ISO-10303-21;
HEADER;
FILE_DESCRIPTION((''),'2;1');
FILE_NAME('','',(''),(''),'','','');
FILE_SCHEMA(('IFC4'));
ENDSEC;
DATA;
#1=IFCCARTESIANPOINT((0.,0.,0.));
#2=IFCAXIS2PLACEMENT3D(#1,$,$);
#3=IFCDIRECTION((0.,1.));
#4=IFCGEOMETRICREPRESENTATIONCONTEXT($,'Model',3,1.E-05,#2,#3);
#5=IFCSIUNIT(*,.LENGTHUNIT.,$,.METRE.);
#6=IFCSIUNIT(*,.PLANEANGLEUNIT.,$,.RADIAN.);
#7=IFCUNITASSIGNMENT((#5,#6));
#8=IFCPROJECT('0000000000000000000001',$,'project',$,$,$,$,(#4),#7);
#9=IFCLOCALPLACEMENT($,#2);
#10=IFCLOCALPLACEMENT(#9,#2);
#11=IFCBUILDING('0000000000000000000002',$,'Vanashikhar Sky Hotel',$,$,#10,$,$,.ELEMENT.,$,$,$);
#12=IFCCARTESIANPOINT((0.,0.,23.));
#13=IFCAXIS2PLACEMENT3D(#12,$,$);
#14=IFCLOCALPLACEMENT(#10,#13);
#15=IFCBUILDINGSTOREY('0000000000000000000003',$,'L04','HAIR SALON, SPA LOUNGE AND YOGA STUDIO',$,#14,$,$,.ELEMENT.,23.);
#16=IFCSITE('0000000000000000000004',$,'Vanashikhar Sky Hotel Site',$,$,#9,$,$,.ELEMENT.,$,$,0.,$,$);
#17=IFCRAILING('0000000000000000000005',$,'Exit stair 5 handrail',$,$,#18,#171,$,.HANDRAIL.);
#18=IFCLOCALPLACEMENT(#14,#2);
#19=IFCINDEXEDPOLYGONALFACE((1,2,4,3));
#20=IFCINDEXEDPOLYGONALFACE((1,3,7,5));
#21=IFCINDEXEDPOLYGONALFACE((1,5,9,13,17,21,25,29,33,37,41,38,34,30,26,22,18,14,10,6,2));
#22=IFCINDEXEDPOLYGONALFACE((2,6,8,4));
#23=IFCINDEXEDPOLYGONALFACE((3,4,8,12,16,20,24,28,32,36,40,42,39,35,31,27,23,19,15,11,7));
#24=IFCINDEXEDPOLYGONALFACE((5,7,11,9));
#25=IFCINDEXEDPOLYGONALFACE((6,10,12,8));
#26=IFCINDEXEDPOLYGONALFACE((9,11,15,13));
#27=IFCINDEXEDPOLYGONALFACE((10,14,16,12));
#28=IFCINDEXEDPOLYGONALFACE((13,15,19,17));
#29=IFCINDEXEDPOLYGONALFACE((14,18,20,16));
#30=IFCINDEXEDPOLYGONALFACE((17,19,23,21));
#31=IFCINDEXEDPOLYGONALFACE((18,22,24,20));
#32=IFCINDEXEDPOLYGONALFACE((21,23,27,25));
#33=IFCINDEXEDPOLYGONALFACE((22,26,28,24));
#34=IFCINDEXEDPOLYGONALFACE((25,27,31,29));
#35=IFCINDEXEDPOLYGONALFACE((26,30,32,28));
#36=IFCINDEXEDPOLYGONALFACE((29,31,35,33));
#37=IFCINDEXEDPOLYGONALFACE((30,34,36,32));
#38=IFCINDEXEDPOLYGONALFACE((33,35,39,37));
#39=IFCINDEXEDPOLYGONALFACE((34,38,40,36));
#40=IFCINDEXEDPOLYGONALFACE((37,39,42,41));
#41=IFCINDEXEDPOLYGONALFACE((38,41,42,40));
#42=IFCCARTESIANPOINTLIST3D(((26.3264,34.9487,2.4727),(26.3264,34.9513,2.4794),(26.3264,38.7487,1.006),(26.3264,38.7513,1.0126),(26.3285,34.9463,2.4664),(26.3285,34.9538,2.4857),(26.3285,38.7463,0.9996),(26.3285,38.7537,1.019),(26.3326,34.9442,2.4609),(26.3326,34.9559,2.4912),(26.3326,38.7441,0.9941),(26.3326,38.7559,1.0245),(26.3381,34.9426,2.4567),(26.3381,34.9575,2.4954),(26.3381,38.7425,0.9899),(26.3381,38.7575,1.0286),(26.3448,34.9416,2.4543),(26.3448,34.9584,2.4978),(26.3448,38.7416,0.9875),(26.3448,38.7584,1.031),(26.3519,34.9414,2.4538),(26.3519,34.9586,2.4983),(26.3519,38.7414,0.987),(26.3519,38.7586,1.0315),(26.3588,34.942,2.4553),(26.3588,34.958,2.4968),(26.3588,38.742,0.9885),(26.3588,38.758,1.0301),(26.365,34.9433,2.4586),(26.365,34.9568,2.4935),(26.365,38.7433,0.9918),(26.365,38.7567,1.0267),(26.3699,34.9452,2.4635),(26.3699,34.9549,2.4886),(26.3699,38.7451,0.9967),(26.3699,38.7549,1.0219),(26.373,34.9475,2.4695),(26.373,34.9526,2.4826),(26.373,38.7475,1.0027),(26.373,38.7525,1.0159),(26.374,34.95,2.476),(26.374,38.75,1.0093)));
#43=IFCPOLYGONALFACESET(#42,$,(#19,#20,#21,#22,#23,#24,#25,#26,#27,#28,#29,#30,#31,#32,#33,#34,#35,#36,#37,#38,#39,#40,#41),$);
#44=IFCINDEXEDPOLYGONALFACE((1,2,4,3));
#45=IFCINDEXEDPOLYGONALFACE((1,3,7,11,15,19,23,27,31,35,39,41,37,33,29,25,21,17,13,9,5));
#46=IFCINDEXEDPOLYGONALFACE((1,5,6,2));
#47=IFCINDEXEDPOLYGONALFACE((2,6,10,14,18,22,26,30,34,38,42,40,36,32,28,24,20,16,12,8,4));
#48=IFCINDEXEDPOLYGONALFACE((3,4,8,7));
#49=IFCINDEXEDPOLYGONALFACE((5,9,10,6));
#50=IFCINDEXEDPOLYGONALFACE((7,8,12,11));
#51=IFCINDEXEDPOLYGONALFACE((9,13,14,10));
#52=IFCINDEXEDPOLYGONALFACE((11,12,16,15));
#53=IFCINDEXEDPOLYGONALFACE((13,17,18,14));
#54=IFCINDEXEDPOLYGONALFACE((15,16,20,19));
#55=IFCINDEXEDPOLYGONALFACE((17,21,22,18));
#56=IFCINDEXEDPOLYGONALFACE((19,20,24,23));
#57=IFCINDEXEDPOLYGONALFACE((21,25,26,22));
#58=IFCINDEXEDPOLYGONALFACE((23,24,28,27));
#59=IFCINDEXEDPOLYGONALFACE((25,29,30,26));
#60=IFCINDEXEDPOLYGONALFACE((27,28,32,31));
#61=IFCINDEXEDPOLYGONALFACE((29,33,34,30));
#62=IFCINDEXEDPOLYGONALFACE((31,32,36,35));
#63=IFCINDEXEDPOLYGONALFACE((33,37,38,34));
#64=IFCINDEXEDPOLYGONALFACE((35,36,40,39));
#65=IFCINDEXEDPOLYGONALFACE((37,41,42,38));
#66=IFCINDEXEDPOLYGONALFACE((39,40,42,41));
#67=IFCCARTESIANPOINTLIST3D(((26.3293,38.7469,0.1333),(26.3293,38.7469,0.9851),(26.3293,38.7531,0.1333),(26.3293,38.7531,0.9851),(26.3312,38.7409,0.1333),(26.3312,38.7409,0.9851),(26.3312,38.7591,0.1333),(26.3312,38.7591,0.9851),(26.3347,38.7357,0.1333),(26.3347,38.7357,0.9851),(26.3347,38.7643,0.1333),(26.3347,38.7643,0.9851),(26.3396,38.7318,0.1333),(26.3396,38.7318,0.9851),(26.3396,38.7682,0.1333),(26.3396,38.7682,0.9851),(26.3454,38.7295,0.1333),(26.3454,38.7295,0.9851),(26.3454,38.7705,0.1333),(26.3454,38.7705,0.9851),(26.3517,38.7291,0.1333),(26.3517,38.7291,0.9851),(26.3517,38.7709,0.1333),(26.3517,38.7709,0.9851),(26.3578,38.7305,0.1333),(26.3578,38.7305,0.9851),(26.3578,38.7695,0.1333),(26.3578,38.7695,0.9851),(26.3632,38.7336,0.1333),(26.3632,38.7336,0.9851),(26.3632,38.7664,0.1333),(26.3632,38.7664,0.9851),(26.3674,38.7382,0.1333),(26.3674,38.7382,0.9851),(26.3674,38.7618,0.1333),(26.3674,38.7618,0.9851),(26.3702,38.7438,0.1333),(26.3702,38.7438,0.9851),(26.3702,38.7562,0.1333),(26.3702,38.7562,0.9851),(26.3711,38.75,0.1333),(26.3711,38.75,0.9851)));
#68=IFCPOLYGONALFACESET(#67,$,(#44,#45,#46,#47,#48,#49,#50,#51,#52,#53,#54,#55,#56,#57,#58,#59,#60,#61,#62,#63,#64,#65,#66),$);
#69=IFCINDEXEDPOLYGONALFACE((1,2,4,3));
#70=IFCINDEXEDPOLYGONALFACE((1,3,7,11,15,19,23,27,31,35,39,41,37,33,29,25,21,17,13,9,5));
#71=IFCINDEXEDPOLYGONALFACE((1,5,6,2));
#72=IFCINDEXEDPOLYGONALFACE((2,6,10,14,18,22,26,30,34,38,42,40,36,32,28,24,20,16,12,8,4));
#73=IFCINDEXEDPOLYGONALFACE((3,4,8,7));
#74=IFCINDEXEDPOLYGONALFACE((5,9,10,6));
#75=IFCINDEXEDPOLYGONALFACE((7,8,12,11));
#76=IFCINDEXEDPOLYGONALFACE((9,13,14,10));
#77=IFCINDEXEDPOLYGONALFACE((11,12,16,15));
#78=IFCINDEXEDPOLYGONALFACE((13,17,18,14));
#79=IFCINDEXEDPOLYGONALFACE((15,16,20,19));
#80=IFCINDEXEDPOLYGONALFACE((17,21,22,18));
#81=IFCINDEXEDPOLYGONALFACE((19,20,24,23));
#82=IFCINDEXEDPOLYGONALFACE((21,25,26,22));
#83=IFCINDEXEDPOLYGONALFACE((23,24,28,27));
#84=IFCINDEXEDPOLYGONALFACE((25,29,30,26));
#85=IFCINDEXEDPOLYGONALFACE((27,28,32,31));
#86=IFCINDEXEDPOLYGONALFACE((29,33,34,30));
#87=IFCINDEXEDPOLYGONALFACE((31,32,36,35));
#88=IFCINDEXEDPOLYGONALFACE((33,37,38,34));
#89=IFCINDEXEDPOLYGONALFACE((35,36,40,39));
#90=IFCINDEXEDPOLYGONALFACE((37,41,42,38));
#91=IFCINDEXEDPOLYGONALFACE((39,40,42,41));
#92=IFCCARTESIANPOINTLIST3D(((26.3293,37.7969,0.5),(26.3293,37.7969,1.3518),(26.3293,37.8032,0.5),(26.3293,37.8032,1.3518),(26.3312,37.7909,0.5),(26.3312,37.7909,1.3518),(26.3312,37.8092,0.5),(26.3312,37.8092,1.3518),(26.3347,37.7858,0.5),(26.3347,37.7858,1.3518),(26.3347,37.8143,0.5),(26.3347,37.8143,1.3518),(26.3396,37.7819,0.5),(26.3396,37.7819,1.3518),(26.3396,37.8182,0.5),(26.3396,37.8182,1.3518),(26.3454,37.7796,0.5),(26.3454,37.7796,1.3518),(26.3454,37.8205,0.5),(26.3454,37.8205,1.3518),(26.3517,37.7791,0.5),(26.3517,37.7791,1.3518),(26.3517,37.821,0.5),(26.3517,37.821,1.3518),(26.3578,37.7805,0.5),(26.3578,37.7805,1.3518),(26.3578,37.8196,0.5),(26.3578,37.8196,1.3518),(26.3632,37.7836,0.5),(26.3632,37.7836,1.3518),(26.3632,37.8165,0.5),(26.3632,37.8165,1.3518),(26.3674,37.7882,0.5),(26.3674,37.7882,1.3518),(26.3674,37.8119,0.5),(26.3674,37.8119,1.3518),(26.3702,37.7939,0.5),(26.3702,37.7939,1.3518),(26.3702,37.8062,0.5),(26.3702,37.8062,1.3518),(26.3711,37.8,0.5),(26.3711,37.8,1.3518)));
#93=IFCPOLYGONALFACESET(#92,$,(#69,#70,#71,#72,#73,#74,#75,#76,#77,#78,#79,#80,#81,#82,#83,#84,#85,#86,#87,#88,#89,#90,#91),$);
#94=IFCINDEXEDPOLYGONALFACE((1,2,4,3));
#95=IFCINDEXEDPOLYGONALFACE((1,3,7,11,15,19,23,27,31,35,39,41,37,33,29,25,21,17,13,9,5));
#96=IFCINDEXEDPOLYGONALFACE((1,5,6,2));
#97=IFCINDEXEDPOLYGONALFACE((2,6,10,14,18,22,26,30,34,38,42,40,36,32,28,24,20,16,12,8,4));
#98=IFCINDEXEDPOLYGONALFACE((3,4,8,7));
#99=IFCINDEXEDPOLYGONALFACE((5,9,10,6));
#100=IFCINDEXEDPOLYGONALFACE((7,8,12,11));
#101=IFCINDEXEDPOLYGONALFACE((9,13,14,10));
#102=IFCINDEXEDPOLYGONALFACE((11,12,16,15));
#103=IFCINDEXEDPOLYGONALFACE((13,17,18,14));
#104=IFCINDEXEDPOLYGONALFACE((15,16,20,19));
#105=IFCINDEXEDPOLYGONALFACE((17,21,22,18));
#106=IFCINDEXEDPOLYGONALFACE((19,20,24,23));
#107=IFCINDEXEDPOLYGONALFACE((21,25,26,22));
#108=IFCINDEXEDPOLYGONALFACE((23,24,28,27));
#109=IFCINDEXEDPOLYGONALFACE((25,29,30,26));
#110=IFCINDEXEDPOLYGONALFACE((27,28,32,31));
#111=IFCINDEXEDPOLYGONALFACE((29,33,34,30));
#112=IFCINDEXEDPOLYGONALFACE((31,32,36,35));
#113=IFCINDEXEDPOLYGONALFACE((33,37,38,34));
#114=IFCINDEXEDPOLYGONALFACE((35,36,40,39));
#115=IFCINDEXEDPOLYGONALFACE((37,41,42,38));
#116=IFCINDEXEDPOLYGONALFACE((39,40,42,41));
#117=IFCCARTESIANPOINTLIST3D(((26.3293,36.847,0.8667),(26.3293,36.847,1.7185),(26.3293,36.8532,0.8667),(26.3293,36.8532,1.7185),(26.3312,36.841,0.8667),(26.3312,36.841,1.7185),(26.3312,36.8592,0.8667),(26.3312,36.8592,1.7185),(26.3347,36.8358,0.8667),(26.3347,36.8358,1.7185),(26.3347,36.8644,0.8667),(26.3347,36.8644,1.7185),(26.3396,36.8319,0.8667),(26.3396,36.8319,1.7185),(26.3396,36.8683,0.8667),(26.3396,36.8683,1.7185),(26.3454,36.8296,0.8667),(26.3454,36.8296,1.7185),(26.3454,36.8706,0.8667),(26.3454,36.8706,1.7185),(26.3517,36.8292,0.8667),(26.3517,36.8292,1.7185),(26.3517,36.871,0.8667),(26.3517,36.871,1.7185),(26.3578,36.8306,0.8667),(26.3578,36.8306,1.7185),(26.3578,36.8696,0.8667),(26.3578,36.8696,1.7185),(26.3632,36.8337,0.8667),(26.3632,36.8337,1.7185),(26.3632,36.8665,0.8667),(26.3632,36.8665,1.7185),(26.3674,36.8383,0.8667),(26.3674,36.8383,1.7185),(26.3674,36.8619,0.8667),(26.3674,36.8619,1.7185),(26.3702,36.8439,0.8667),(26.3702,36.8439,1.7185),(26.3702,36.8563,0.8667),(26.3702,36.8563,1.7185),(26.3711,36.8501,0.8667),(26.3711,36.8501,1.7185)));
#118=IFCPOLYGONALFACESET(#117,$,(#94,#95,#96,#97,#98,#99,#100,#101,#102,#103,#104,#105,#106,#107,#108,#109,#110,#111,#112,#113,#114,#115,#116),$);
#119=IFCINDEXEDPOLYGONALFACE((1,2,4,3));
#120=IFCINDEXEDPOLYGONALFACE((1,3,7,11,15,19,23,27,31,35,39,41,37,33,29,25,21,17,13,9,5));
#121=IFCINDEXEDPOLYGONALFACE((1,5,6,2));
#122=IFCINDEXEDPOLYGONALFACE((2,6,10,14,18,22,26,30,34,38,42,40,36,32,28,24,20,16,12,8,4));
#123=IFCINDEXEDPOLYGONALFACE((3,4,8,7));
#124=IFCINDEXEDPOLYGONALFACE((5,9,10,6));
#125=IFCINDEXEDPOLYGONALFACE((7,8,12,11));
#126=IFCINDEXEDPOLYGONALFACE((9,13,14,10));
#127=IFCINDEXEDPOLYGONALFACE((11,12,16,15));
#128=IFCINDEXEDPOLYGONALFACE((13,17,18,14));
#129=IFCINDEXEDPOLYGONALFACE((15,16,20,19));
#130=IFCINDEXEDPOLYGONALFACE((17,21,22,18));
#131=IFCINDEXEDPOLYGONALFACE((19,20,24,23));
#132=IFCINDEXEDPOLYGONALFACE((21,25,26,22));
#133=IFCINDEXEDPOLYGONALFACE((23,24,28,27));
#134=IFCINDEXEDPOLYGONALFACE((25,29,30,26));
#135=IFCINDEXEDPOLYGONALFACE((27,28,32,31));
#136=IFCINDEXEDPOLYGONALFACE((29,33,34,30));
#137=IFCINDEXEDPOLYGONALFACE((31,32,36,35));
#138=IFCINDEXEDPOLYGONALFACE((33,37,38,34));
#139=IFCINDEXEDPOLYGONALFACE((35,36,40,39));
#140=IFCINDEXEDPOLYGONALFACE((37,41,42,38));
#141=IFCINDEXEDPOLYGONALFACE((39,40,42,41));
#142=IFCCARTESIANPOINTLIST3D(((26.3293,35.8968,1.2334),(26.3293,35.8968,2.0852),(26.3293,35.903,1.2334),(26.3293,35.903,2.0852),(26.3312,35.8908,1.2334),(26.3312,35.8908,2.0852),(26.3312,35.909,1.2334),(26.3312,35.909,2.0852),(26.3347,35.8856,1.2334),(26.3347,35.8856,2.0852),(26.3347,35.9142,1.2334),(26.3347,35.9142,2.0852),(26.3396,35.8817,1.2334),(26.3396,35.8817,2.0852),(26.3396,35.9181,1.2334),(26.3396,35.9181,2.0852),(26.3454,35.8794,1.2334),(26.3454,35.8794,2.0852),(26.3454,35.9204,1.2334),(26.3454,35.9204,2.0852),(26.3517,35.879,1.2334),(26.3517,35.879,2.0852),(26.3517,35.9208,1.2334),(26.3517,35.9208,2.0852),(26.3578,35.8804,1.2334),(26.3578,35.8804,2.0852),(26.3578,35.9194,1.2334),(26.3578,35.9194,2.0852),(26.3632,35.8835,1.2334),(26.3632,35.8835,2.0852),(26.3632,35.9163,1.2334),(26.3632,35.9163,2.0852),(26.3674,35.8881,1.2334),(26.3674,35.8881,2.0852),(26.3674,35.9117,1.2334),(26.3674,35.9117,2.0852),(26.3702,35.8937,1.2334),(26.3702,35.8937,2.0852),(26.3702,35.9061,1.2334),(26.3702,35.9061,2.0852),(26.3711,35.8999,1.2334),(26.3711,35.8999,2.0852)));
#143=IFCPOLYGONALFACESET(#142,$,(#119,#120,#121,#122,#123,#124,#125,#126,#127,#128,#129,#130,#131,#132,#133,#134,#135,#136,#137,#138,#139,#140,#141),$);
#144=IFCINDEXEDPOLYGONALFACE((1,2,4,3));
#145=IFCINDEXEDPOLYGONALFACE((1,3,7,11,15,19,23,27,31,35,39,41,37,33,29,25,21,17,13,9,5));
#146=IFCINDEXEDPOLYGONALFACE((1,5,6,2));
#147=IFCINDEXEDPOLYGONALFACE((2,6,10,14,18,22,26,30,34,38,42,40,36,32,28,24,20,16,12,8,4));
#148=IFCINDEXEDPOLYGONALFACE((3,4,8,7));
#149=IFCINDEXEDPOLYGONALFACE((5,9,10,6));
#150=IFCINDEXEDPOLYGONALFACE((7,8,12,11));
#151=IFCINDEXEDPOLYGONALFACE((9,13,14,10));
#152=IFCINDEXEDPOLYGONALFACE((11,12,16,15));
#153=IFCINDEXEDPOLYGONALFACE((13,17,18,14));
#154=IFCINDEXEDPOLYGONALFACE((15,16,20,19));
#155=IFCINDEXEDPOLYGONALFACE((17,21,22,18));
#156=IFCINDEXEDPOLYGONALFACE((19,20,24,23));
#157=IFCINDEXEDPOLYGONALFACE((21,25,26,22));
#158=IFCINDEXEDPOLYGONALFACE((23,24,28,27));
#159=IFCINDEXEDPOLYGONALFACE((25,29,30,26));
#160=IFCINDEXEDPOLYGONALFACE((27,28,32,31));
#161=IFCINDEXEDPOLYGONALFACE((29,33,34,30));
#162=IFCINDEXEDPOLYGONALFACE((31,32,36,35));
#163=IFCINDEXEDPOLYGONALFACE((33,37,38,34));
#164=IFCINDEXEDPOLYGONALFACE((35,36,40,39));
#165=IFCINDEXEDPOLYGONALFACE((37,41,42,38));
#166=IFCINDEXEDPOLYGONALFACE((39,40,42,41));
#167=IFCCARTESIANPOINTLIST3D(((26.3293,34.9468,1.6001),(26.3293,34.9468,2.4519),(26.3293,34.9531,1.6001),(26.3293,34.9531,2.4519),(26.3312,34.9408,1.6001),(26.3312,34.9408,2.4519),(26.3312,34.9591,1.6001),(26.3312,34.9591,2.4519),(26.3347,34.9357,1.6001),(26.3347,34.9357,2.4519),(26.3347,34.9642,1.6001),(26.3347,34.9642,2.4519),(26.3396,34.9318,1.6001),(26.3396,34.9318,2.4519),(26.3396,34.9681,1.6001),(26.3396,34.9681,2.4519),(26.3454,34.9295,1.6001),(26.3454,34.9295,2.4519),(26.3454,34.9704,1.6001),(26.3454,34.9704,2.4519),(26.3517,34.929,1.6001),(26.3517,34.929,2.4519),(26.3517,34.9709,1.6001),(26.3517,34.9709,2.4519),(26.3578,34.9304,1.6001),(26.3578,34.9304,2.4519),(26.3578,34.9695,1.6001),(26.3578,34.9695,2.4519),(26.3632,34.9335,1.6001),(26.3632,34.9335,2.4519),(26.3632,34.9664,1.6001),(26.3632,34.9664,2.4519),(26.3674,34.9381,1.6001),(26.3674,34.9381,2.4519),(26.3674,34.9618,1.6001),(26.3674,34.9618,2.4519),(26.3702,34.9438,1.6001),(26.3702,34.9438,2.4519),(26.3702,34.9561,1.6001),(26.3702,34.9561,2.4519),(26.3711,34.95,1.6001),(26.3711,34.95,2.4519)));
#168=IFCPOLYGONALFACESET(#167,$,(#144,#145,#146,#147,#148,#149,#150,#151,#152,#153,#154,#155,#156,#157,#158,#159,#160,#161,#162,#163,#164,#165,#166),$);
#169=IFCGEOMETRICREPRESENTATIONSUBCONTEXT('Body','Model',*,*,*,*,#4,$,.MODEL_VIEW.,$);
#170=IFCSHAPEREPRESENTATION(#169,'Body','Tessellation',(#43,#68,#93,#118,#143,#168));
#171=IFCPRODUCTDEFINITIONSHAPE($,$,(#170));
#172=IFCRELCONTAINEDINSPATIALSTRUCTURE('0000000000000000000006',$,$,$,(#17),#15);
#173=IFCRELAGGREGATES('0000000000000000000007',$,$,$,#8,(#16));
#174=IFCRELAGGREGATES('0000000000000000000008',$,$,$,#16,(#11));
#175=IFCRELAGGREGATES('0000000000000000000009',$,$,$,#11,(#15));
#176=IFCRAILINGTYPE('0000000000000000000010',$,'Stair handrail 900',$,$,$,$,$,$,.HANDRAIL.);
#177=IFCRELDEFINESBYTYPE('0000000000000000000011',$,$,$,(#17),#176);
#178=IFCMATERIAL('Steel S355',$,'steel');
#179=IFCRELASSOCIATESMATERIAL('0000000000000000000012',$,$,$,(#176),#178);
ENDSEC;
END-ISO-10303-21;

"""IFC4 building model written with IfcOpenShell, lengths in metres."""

from ifc_helpers import new_model, si_unit, direction, frame, origin, origin_2d, place, context, subcontext, project, spatial, circle, extrude, source, transform, mapped, material, type_object, element, save


model = new_model("IFC4")

# Units and contexts
model_context = context("Model", 3, precision=1e-05, world=origin(), true_north=direction((0.0, 1.0)))
body_context = subcontext(model_context, "Body", "Model", "MODEL_VIEW")
ifc_project = project(units=[si_unit("LENGTHUNIT", "METRE"), si_unit("PLANEANGLEUNIT", "RADIAN")], contexts=[model_context])

# Site, building, storey
site_placement = place(None, origin())
site = spatial("IfcSite", under=ifc_project, at=site_placement, Name="Vanashikhar Sky Hotel Site", CompositionType="ELEMENT", RefElevation=0.0)
building_placement = place(site_placement, origin())
building = spatial("IfcBuilding", under=site, at=building_placement, Name="Vanashikhar Sky Hotel", CompositionType="ELEMENT")
storey_placement = place(building_placement, frame((0.0, 0.0, 23.0)))
storey = spatial("IfcBuildingStorey", under=building, at=storey_placement, Name="L04", Description="HAIR SALON, SPA LOUNGE AND YOGA STUDIO", CompositionType="ELEMENT", Elevation=23.0)

# Railing
ifc_material_1 = material(Name="Steel S355", Category="steel")
railing_type_1 = type_object("IfcRailingType", Name="Stair handrail 900", PredefinedType="HANDRAIL", material=ifc_material_1)
shared_shape_1 = source(origin(), body_context, "Body", "SweptSolid", [
    extrude(circle(Radius=0.0239, at=origin_2d()), frame((0.0, 0.0, 0.876), z_axis=(0.0, -0.932914, 0.360099), x_axis=(1.0, 0.0, 0.0)), (0.0, 0.0, 1.0), 4.0732),
    extrude(circle(Radius=0.021, at=origin_2d()), origin(), (0.0, 0.0, 1.0), 0.8518),
    extrude(circle(Radius=0.021, at=origin_2d()), frame((0.0, -0.95, 0.3667)), (0.0, 0.0, 1.0), 0.8518),
    extrude(circle(Radius=0.021, at=origin_2d()), frame((0.0, -1.8999, 0.7334)), (0.0, 0.0, 1.0), 0.8518),
    extrude(circle(Radius=0.021, at=origin_2d()), frame((0.0, -2.8501, 1.1001)), (0.0, 0.0, 1.0), 0.8518),
    extrude(circle(Radius=0.021, at=origin_2d()), frame((0.0, -3.8, 1.4668)), (0.0, 0.0, 1.0), 0.8518),
])
for number, where, name in (
    (1, (26.3501, 38.75, 0.1333), "Exit stair 5 handrail"),
):
    element("IfcRailing", number, at=place(storey_placement, frame(where)), inside=storey, type_object=railing_type_1, Name=name, PredefinedType="HANDRAIL", context=body_context, shape_type="MappedRepresentation", body=[
        mapped(shared_shape_1, transform((0.0, 0.0, 0.0), scale=1.0)),
    ])

save(model, "model.ifc")
